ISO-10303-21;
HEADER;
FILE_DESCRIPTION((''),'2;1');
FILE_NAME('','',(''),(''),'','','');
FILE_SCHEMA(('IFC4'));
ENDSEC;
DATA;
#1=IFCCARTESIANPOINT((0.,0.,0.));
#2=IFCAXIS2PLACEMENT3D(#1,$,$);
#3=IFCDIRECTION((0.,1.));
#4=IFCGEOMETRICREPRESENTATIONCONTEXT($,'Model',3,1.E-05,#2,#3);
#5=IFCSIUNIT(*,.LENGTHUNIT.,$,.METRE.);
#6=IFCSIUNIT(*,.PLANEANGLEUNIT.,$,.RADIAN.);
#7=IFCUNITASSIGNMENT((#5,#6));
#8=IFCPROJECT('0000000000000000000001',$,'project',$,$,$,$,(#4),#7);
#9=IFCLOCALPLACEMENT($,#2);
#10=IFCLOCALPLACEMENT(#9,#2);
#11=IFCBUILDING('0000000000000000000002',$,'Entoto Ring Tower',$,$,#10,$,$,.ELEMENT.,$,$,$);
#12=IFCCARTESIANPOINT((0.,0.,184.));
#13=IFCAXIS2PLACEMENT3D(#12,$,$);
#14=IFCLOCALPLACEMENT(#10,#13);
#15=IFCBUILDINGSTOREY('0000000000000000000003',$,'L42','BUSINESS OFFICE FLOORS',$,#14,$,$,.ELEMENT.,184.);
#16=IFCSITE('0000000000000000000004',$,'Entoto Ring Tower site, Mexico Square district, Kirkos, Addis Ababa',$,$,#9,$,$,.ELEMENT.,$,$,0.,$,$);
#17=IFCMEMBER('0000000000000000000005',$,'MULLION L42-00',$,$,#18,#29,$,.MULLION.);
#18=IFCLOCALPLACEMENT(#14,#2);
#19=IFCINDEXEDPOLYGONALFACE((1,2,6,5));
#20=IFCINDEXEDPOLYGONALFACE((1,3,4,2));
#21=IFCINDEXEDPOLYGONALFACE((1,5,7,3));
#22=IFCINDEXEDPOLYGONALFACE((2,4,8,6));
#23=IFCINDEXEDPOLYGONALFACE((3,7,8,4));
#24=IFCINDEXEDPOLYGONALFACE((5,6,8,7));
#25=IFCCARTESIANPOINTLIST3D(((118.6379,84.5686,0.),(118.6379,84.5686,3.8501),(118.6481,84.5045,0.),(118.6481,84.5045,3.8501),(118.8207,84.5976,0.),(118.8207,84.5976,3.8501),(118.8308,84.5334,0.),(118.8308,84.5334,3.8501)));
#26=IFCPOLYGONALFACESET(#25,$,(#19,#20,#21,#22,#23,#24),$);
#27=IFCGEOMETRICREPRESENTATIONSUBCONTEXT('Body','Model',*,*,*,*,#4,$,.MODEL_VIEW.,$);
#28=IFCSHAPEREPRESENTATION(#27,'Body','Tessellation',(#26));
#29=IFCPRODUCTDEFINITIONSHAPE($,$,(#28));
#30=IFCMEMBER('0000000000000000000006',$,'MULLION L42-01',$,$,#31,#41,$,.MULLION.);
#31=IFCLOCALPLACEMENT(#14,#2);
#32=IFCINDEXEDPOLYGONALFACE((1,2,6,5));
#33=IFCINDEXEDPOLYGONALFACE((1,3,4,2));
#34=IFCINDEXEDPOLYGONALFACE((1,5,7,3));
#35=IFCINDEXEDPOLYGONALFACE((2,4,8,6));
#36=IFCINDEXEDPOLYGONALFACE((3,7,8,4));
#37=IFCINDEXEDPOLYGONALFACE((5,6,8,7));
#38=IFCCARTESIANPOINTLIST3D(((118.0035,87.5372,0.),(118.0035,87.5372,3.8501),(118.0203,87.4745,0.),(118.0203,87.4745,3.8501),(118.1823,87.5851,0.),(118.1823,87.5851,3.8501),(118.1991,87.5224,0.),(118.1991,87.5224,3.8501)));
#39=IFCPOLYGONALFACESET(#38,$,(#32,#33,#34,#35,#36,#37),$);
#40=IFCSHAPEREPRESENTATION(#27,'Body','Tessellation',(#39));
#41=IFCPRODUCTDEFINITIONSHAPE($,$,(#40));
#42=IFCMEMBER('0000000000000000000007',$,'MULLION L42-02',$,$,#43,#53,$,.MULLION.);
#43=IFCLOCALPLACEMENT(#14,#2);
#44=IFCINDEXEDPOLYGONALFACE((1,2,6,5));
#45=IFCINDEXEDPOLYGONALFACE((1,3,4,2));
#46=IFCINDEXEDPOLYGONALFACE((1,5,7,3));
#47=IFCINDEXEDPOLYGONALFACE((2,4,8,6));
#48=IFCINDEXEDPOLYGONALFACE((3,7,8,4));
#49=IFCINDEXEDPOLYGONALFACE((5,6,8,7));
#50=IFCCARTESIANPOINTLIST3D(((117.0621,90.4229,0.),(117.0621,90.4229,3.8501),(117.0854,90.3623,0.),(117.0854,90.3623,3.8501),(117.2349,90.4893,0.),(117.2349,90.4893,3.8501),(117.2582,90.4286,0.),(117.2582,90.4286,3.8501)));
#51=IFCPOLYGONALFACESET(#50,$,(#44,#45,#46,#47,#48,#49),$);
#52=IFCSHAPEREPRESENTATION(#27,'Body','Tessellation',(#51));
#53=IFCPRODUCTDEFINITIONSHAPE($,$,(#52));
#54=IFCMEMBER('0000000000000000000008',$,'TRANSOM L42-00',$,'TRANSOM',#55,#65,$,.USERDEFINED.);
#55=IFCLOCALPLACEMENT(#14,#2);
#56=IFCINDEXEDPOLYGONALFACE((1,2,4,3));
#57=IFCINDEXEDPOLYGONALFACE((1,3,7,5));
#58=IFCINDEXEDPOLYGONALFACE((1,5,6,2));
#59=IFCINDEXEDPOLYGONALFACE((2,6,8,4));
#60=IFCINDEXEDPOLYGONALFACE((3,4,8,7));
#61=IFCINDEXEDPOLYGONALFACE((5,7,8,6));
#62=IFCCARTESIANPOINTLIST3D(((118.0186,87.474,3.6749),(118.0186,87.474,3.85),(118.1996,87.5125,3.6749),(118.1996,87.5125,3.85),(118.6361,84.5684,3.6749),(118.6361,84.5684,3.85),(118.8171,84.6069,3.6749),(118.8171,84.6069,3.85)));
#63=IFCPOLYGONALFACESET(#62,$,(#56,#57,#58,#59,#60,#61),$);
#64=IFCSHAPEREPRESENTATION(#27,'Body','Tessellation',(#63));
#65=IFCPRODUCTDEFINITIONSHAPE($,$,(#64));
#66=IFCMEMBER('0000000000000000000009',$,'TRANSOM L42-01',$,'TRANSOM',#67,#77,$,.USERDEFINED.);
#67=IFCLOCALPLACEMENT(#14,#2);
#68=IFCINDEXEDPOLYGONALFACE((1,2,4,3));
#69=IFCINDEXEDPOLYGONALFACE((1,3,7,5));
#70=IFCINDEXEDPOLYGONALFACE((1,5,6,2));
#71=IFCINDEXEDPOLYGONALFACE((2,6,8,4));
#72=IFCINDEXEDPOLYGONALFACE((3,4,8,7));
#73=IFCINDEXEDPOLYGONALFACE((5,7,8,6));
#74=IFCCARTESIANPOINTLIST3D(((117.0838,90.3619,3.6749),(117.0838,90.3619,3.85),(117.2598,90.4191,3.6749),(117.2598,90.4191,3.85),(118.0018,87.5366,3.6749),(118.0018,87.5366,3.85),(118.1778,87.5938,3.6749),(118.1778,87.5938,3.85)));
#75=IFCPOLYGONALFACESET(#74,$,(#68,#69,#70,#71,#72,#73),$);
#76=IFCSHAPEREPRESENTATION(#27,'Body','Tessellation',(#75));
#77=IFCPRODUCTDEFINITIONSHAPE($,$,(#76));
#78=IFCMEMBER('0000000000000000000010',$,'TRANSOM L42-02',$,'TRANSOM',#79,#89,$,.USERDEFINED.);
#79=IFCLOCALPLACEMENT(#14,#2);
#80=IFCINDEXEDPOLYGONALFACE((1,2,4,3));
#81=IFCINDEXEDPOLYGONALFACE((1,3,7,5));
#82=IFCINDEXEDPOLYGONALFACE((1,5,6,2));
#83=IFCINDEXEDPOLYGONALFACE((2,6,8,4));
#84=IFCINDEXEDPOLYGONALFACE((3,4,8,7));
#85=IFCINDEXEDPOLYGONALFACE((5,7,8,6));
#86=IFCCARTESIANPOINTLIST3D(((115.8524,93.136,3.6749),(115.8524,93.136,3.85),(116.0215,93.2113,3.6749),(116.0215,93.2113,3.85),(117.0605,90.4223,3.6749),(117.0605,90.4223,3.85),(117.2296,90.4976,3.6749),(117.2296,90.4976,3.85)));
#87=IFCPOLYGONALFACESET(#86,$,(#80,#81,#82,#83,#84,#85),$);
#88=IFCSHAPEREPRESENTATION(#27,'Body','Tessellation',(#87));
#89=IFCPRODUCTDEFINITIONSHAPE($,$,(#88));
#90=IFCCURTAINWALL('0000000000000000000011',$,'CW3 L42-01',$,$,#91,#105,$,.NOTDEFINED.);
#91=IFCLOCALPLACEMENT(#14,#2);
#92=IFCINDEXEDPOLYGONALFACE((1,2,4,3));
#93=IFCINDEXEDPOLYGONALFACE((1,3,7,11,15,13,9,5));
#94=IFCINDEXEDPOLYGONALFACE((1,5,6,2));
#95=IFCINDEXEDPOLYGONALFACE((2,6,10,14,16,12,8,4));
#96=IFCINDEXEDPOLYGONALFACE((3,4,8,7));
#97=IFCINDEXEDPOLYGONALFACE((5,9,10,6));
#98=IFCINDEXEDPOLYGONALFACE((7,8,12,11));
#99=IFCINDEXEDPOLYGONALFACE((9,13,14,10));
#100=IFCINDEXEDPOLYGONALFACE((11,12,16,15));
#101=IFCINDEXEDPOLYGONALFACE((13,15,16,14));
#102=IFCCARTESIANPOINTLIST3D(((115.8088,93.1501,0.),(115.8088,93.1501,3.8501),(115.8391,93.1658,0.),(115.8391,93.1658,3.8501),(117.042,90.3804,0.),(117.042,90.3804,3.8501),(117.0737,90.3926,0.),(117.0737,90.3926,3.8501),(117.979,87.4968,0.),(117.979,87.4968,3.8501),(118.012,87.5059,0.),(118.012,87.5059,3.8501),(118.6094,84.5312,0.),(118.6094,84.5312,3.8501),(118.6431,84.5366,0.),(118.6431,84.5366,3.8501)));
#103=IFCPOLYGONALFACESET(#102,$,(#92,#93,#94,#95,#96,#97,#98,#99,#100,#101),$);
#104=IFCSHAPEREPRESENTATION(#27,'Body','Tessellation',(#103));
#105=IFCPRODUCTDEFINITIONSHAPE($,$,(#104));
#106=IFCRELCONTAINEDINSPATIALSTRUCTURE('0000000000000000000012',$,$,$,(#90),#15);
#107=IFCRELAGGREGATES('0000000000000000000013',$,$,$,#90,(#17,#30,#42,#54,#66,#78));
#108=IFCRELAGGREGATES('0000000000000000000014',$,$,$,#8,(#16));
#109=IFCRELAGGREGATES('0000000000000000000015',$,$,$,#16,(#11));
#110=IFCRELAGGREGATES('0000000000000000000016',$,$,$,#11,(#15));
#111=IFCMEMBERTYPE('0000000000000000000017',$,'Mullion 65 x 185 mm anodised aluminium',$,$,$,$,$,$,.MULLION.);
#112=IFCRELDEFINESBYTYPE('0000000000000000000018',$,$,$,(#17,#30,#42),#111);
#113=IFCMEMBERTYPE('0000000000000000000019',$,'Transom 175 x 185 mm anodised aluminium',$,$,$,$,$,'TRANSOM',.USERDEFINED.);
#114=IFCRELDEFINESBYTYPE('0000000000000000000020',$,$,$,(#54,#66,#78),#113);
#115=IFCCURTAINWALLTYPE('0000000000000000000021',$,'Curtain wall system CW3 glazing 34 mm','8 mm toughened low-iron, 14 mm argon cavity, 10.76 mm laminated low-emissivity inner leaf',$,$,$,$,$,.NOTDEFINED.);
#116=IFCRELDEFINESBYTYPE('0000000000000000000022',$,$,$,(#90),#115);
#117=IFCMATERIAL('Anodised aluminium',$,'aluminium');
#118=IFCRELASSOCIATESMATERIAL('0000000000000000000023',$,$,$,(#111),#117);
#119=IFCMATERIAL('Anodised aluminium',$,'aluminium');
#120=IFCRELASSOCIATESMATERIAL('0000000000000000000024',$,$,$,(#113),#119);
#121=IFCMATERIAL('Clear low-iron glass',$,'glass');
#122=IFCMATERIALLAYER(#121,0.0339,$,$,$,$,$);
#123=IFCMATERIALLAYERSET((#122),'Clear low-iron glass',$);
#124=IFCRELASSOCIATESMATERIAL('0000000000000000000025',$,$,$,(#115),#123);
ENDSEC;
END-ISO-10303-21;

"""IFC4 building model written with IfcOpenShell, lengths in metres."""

from ifc_helpers import new_model, si_unit, direction, frame, origin, origin_2d, place, context, subcontext, project, spatial, polyline, rectangle, outline, extrude, material, layer, layer_set, material_profile, profile_set, type_object, element, aggregate, save


model = new_model("IFC4")

# Units and contexts
model_context = context("Model", 3, precision=1e-05, world=origin(), true_north=direction((0.0, 1.0)))
body_context = subcontext(model_context, "Body", "Model", "MODEL_VIEW")
ifc_project = project(units=[si_unit("LENGTHUNIT", "METRE"), si_unit("PLANEANGLEUNIT", "RADIAN")], contexts=[model_context])

# Members
ifc_material_1 = material(Name="Anodised aluminium", Category="aluminium")
ifc_material_profile_1 = material_profile(ifc_material_1, rectangle(XDim=0.0649, YDim=0.1851, at=origin_2d()), Name="Mullion 65 x 185 mm anodised aluminium")
ifc_profile_set_1 = profile_set([ifc_material_profile_1], Name="Anodised aluminium")
member_type_1 = type_object("IfcMemberType", Name="Mullion 65 x 185 mm anodised aluminium", PredefinedType="MULLION", material=ifc_profile_set_1)
site_placement = place(None, origin())
building_placement = place(site_placement, origin())
storey_placement = place(building_placement, frame((0.0, 0.0, 184.0)))
member_1_placement = place(storey_placement, frame((118.7344, 84.551, 0.0), z_axis=(0.0, 0.0, 1.0), x_axis=(-0.156434, 0.987688, 0.0)))
member_1 = element("IfcMember", 1, at=member_1_placement, type_object=member_type_1, Name="MULLION L42-00", PredefinedType="MULLION", context=body_context, shape_type="SweptSolid", body=[
    extrude(rectangle(XDim=0.0649, YDim=0.1851, at=origin_2d()), origin(), (0.0, 0.0, 1.0), 3.8501),
])
member_2_placement = place(storey_placement, frame((118.1013, 87.5298, 0.0), z_axis=(0.0, 0.0, 1.0), x_axis=(-0.258819, 0.965926, 0.0)))
member_2 = element("IfcMember", 2, at=member_2_placement, type_object=member_type_1, Name="MULLION L42-01", PredefinedType="MULLION", context=body_context, shape_type="SweptSolid", body=[
    extrude(rectangle(XDim=0.0649, YDim=0.1851, at=origin_2d()), origin(), (0.0, 0.0, 1.0), 3.8501),
])
member_3_placement = place(storey_placement, frame((117.1602, 90.4258, 0.0), z_axis=(0.0, 0.0, 1.0), x_axis=(-0.358368, 0.93358, 0.0)))
member_3 = element("IfcMember", 3, at=member_3_placement, type_object=member_type_1, Name="MULLION L42-02", PredefinedType="MULLION", context=body_context, shape_type="SweptSolid", body=[
    extrude(rectangle(XDim=0.0649, YDim=0.1851, at=origin_2d()), origin(), (0.0, 0.0, 1.0), 3.8501),
])
ifc_material_2 = material(Name="Anodised aluminium", Category="aluminium")
ifc_material_profile_2 = material_profile(ifc_material_2, rectangle(XDim=0.1851, YDim=0.175, at=origin_2d()), Name="Transom 175 x 185 mm anodised aluminium")
ifc_profile_set_2 = profile_set([ifc_material_profile_2], Name="Anodised aluminium")
member_type_2 = type_object("IfcMemberType", Name="Transom 175 x 185 mm anodised aluminium", ElementType="TRANSOM", PredefinedType="USERDEFINED", material=ifc_profile_set_2)
member_4_placement = place(storey_placement, frame((118.7266, 84.5876, 3.7625), z_axis=(-0.207862, 0.978158, 0.0), x_axis=(-0.978158, -0.207862, 0.0)))
member_4 = element("IfcMember", 4, at=member_4_placement, type_object=member_type_2, Name="TRANSOM L42-00", ObjectType="TRANSOM", PredefinedType="USERDEFINED", context=body_context, shape_type="SweptSolid", body=[
    extrude(rectangle(XDim=0.1851, YDim=0.175, at=origin_2d()), origin(), (0.0, 0.0, 1.0), 2.9705),
])
member_5_placement = place(storey_placement, frame((118.0898, 87.5652, 3.7625), z_axis=(-0.309019, 0.951056, 0.0), x_axis=(-0.951056, -0.309019, 0.0)))
member_5 = element("IfcMember", 5, at=member_5_placement, type_object=member_type_2, Name="TRANSOM L42-01", ObjectType="TRANSOM", PredefinedType="USERDEFINED", context=body_context, shape_type="SweptSolid", body=[
    extrude(rectangle(XDim=0.1851, YDim=0.175, at=origin_2d()), origin(), (0.0, 0.0, 1.0), 2.9707),
])
member_6_placement = place(storey_placement, frame((117.145, 90.46, 3.7625), z_axis=(-0.406687, 0.913567, 0.0), x_axis=(-0.913567, -0.406687, 0.0)))
member_6 = element("IfcMember", 6, at=member_6_placement, type_object=member_type_2, Name="TRANSOM L42-02", ObjectType="TRANSOM", PredefinedType="USERDEFINED", context=body_context, shape_type="SweptSolid", body=[
    extrude(rectangle(XDim=0.1851, YDim=0.175, at=origin_2d()), origin(), (0.0, 0.0, 1.0), 2.9705),
])

# Site, building, storey
site = spatial("IfcSite", under=ifc_project, at=site_placement, Name="Entoto Ring Tower site, Mexico Square district, Kirkos, Addis Ababa", CompositionType="ELEMENT", RefElevation=0.0)
building = spatial("IfcBuilding", under=site, at=building_placement, Name="Entoto Ring Tower", CompositionType="ELEMENT")
storey = spatial("IfcBuildingStorey", under=building, at=storey_placement, Name="L42", Description="BUSINESS OFFICE FLOORS", CompositionType="ELEMENT", Elevation=184.0)

# Curtain wall
ifc_material_3 = material(Name="Clear low-iron glass", Category="glass")
ifc_layer_1 = layer(ifc_material_3, 0.0339)
ifc_layer_set_1 = layer_set([ifc_layer_1], Name="Clear low-iron glass")
curtain_wall_type = type_object("IfcCurtainWallType", Name="Curtain wall system CW3 glazing 34 mm", Description="8 mm toughened low-iron, 14 mm argon cavity, 10.76 mm laminated low-emissivity inner leaf", PredefinedType="NOTDEFINED", material=ifc_layer_set_1)
curtain_wall_1_placement = place(storey_placement, origin())
curtain_wall_1 = element("IfcCurtainWall", 7, at=curtain_wall_1_placement, inside=storey, type_object=curtain_wall_type, Name="CW3 L42-01", PredefinedType="NOTDEFINED", context=body_context, shape_type="SweptSolid", body=[
    extrude(outline(polyline([(118.6431, 84.5366), (118.012, 87.5059), (117.0737, 90.3926), (115.8391, 93.1658), (115.8088, 93.1501), (117.042, 90.3804), (117.979, 87.4968), (118.6094, 84.5312), (118.6431, 84.5366)])), origin(), (0.0, 0.0, 1.0), 3.8501),
])
aggregate(curtain_wall_1, [member_1, member_2, member_3, member_4, member_5, member_6])

save(model, "model.ifc")
